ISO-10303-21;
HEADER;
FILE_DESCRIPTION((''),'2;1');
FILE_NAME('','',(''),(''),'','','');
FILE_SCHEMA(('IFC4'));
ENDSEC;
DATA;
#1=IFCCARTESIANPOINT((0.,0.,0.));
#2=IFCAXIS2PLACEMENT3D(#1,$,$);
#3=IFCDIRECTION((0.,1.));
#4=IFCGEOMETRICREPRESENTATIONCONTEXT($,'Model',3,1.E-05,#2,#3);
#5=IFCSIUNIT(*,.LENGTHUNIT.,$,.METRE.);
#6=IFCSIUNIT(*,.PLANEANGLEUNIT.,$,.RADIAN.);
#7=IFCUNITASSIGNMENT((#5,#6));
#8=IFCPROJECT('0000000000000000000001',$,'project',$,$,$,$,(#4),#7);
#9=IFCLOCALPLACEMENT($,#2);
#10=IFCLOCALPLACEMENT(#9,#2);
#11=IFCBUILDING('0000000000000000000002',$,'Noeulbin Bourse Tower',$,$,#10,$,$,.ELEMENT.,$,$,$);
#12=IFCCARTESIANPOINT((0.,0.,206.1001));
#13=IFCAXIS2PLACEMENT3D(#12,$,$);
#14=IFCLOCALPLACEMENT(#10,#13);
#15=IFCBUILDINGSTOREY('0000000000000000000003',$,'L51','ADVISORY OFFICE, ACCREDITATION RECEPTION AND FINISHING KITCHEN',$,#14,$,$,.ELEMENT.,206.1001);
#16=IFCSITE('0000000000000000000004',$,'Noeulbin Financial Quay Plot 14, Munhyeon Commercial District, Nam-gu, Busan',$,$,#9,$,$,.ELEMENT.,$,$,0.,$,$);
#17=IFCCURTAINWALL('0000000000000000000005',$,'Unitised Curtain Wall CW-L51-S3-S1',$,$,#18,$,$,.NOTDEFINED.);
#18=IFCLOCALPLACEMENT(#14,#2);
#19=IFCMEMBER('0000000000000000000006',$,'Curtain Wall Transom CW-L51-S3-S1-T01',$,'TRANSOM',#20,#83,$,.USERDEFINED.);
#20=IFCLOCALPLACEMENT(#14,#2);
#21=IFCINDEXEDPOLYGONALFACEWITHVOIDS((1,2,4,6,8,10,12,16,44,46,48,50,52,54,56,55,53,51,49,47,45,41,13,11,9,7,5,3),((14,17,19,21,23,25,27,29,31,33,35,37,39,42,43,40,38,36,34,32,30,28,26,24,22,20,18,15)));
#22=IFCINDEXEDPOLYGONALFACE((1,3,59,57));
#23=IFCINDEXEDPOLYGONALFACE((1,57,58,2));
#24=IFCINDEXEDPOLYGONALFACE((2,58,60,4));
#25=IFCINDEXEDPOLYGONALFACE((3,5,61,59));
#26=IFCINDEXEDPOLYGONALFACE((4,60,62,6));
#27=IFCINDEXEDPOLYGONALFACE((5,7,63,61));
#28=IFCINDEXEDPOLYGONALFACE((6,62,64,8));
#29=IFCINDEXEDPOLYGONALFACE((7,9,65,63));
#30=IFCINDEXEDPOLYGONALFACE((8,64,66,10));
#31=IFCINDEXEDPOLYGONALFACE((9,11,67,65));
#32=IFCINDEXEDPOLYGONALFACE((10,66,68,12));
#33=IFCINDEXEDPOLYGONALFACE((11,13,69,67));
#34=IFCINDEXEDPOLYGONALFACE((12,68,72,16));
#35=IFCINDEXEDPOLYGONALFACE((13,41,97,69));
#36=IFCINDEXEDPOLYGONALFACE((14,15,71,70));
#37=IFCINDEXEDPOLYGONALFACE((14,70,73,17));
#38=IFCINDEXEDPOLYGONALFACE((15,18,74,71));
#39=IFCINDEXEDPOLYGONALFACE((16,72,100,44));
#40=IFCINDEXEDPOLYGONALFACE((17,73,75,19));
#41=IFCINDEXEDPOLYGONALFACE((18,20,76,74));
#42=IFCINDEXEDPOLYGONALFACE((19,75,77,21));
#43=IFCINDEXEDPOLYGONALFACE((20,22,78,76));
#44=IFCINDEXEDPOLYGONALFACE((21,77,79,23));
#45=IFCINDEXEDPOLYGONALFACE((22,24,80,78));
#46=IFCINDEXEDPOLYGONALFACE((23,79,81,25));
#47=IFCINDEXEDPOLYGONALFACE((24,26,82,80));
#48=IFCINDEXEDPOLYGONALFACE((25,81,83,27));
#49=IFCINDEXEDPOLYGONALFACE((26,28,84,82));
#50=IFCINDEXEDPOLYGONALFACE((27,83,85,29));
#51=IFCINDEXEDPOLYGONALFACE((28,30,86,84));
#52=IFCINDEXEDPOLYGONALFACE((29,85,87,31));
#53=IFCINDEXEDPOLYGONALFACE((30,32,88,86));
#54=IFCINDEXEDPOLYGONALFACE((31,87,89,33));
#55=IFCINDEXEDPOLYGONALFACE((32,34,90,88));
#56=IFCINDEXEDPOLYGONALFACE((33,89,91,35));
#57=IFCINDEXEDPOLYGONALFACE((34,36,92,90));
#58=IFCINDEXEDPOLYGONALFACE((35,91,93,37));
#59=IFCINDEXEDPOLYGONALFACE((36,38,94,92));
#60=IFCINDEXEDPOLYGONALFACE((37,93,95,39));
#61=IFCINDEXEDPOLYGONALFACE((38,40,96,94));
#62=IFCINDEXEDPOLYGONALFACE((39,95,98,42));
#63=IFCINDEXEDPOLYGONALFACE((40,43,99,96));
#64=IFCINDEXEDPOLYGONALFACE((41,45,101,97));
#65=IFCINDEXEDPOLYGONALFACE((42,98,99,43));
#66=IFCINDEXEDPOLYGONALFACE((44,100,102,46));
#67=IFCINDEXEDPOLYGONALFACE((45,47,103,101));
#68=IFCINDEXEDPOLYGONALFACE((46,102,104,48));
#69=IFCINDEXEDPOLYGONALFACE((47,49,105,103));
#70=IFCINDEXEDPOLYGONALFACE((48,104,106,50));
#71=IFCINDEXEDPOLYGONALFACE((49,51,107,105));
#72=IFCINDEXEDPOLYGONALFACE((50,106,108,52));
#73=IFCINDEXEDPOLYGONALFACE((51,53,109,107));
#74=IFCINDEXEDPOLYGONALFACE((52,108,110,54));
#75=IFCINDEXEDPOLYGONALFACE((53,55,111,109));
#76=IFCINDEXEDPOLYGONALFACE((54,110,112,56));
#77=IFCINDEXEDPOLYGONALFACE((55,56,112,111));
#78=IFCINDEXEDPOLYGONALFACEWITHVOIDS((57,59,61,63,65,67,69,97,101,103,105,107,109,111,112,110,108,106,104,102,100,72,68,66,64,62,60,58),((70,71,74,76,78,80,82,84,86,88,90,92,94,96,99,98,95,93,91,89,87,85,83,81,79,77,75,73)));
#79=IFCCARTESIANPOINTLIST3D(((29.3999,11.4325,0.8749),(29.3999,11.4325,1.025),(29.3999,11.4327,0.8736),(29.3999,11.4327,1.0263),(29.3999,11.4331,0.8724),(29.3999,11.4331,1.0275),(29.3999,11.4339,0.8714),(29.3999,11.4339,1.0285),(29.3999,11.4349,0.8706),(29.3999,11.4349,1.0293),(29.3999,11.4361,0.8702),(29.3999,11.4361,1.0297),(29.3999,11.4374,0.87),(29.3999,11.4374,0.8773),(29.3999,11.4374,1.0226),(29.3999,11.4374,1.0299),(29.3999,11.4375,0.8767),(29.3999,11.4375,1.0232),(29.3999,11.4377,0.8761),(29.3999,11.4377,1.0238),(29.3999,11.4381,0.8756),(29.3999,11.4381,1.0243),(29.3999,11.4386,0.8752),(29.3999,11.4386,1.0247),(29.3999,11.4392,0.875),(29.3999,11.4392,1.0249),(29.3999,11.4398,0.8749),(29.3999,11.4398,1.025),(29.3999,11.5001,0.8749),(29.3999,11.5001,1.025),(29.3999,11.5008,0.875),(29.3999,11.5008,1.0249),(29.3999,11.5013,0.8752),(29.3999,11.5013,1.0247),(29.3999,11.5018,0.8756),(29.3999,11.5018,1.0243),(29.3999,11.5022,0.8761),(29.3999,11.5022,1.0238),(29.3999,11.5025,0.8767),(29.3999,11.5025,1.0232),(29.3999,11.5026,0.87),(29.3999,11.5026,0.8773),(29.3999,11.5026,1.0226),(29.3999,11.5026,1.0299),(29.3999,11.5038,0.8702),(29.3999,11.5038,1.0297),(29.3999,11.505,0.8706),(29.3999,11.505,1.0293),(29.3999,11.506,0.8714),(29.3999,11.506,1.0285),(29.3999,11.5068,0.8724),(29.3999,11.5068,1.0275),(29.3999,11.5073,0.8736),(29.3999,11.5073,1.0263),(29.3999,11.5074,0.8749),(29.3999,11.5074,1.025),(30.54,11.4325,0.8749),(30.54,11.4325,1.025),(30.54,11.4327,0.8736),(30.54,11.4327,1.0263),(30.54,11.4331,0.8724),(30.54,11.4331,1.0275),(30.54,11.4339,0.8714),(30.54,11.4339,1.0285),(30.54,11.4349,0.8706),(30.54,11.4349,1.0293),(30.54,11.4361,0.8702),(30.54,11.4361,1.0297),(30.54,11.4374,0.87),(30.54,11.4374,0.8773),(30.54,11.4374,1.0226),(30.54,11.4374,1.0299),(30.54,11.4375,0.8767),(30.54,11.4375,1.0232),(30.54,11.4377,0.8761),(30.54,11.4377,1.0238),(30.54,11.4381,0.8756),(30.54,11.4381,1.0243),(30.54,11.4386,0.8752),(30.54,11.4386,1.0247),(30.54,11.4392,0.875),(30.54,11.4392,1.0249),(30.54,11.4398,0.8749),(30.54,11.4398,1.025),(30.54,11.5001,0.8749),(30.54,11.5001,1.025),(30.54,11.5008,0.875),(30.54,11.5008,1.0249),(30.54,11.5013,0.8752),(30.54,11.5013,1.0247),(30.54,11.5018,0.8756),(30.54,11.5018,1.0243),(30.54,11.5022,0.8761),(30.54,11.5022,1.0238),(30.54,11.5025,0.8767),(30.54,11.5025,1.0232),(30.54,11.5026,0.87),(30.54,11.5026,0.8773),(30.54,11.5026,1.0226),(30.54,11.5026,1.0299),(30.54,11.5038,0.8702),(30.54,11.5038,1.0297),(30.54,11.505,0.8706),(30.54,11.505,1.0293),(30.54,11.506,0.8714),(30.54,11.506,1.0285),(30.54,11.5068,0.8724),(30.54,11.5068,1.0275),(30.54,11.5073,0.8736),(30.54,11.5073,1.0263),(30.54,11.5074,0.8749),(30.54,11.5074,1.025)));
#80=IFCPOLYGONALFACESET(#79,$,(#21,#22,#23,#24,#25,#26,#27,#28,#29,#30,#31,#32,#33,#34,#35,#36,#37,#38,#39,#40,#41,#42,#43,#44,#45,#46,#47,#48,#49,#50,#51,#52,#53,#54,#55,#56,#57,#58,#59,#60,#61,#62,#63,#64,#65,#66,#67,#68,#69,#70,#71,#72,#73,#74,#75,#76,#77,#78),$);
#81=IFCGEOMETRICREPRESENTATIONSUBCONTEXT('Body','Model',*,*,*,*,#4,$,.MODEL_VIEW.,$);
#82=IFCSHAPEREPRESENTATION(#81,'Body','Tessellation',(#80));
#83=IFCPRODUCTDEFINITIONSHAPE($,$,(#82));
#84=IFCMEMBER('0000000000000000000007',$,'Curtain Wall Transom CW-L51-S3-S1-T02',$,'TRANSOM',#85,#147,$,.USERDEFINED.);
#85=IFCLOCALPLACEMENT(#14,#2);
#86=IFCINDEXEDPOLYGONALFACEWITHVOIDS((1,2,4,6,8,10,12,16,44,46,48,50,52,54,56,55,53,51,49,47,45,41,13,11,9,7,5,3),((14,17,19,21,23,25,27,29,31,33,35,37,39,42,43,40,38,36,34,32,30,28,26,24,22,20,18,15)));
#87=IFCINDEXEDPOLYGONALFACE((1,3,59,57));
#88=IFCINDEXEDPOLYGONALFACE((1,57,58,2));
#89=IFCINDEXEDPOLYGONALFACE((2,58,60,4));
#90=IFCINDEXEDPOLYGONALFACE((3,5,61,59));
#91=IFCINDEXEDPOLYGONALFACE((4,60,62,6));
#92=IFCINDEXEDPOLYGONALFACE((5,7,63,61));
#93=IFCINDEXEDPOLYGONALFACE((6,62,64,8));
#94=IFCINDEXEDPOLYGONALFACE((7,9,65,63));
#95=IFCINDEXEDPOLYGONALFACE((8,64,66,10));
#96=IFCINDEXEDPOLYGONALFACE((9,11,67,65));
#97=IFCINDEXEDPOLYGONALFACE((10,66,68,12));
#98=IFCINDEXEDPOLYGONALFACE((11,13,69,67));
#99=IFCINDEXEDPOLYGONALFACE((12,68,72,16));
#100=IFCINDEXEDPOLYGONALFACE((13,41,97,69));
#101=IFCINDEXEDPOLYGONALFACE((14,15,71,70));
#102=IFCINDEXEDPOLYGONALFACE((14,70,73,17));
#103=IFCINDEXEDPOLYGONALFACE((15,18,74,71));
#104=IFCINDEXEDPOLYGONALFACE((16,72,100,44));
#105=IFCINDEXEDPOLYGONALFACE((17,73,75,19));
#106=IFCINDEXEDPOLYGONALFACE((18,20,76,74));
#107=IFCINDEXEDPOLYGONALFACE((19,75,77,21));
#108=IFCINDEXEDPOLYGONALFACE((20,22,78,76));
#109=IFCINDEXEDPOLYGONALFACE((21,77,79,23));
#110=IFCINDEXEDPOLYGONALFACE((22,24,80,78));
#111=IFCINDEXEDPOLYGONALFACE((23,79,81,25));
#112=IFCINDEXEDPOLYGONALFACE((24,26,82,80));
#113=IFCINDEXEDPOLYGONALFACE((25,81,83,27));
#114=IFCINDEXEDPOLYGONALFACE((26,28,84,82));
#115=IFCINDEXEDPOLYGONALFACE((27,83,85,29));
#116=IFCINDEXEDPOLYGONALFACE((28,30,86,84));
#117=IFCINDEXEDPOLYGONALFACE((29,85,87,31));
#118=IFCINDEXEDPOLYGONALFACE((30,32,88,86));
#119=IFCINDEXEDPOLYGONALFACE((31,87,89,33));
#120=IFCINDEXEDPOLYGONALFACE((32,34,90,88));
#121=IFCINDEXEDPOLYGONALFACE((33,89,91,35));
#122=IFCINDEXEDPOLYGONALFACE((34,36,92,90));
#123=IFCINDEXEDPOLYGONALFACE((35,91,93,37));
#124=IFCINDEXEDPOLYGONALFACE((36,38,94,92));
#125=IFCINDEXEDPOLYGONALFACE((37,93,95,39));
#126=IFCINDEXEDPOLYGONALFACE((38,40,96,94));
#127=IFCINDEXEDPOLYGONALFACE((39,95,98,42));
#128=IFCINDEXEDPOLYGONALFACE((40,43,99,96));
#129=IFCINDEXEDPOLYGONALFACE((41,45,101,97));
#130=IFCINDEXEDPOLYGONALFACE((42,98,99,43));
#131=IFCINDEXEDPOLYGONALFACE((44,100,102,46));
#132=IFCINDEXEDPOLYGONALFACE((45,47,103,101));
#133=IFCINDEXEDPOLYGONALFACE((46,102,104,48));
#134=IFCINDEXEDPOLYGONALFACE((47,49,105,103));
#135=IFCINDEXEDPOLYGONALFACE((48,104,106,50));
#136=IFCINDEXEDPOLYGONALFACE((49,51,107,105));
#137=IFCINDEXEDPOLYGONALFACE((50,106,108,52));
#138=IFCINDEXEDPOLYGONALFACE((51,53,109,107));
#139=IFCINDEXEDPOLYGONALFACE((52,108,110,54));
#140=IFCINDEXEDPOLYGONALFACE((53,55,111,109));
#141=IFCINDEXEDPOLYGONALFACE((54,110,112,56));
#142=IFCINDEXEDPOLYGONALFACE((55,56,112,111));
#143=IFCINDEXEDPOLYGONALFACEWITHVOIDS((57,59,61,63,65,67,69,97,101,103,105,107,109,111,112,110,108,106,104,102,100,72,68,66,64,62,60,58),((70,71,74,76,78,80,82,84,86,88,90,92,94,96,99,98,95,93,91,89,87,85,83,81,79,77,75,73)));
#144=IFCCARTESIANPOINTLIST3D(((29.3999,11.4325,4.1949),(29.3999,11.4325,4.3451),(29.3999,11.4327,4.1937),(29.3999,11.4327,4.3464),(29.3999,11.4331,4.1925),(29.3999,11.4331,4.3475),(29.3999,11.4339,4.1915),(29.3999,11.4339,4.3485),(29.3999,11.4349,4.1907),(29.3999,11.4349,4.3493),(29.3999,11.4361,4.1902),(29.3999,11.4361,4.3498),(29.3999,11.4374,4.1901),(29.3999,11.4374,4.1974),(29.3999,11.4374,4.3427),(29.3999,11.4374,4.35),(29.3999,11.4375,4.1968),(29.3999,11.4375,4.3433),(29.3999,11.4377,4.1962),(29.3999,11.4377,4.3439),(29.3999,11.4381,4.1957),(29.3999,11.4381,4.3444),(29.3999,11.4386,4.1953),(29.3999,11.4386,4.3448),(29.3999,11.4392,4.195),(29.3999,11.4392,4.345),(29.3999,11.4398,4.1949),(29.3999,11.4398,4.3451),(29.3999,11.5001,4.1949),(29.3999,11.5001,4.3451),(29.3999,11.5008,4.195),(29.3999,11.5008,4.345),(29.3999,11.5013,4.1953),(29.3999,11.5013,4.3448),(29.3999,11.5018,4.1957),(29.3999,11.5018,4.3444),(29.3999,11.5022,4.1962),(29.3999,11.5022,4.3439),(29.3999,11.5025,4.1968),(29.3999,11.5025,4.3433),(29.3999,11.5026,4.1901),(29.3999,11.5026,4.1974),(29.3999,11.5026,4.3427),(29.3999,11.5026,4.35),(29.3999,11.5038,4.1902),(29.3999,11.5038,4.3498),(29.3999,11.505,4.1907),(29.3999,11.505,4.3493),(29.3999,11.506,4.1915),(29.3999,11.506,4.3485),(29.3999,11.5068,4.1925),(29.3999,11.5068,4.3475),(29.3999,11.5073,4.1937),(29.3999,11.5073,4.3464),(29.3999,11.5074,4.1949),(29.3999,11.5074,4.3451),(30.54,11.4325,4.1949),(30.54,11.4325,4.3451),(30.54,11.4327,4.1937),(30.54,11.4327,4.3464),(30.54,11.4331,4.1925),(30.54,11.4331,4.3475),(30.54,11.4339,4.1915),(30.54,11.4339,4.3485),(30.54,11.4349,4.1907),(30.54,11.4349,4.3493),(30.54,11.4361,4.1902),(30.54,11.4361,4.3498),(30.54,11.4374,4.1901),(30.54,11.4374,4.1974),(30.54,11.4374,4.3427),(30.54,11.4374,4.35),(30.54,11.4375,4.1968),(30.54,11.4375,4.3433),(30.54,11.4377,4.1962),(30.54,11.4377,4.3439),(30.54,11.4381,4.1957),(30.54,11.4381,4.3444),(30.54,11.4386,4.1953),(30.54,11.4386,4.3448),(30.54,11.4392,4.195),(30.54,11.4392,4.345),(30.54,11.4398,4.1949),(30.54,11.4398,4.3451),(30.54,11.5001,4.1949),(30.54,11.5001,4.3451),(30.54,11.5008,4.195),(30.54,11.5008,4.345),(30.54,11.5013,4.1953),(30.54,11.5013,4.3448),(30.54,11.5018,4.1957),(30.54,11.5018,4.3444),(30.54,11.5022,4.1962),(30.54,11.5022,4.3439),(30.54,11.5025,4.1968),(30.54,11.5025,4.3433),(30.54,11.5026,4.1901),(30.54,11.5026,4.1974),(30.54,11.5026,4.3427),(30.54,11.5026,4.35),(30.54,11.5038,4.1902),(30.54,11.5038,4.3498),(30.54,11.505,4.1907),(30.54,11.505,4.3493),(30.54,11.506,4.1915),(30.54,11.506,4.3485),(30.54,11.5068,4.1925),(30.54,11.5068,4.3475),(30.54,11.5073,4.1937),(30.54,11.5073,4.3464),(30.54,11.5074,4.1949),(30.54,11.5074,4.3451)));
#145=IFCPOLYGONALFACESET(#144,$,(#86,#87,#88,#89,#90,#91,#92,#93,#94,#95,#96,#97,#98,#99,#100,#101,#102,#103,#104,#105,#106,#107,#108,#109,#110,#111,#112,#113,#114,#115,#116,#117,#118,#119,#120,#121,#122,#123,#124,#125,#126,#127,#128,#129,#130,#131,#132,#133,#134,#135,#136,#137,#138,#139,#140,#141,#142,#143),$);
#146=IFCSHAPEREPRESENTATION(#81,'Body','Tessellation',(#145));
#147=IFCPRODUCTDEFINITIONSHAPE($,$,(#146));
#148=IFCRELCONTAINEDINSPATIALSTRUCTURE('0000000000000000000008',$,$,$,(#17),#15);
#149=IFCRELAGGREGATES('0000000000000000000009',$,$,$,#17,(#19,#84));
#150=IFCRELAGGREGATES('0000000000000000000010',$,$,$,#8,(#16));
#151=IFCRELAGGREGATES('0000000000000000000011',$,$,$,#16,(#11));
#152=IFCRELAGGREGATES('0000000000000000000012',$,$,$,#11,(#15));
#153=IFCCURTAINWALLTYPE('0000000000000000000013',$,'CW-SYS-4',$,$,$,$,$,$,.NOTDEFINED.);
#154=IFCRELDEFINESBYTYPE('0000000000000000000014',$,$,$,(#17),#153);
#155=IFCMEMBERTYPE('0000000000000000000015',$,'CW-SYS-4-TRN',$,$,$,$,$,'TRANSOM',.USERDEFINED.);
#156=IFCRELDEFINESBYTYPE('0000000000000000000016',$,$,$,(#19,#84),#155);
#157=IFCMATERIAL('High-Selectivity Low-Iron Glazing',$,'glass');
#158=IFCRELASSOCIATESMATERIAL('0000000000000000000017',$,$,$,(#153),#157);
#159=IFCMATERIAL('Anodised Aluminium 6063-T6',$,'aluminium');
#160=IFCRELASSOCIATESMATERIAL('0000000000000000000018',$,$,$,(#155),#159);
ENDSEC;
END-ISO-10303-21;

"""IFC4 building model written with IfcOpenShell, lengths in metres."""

from ifc_helpers import new_model, si_unit, direction, frame, origin, origin_2d, place, context, subcontext, project, spatial, hollow_rectangle, extrude, material, material_profile, profile_set, type_object, element, aggregate, save


model = new_model("IFC4")

# Units and contexts
model_context = context("Model", 3, precision=1e-05, world=origin(), true_north=direction((0.0, 1.0)))
body_context = subcontext(model_context, "Body", "Model", "MODEL_VIEW")
ifc_project = project(units=[si_unit("LENGTHUNIT", "METRE"), si_unit("PLANEANGLEUNIT", "RADIAN")], contexts=[model_context])

# Site, building, storey
site_placement = place(None, origin())
site = spatial("IfcSite", under=ifc_project, at=site_placement, Name="Noeulbin Financial Quay Plot 14, Munhyeon Commercial District, Nam-gu, Busan", CompositionType="ELEMENT", RefElevation=0.0)
building_placement = place(site_placement, origin())
building = spatial("IfcBuilding", under=site, at=building_placement, Name="Noeulbin Bourse Tower", CompositionType="ELEMENT")
storey_placement = place(building_placement, frame((0.0, 0.0, 206.1001)))
storey = spatial("IfcBuildingStorey", under=building, at=storey_placement, Name="L51", Description="ADVISORY OFFICE, ACCREDITATION RECEPTION AND FINISHING KITCHEN", CompositionType="ELEMENT", Elevation=206.1001)

# Curtain wall
ifc_material_1 = material(Name="High-Selectivity Low-Iron Glazing", Category="glass")
curtain_wall_type = type_object("IfcCurtainWallType", Name="CW-SYS-4", PredefinedType="NOTDEFINED", material=ifc_material_1)
curtain_wall_1_placement = place(storey_placement, origin())
curtain_wall_1 = element("IfcCurtainWall", 1, at=curtain_wall_1_placement, inside=storey, type_object=curtain_wall_type, Name="Unitised Curtain Wall CW-L51-S3-S1", PredefinedType="NOTDEFINED")
ifc_material_2 = material(Name="Anodised Aluminium 6063-T6", Category="aluminium")

# Members
ifc_material_profile_1 = material_profile(ifc_material_2, hollow_rectangle(XDim=0.075, YDim=0.1599, WallThickness=0.0049, InnerFilletRadius=0.0024, OuterFilletRadius=0.0049, at=origin_2d()), Name="ALU-TRAN-75x160x5", Category="LoadBearing")
ifc_profile_set_1 = profile_set([ifc_material_profile_1], Name="Anodised Aluminium 6063-T6")
member_type_1 = type_object("IfcMemberType", Name="CW-SYS-4-TRN", ElementType="TRANSOM", PredefinedType="USERDEFINED", material=ifc_profile_set_1)
member_1_placement = place(storey_placement, frame((29.3999, 11.47, 0.95), z_axis=(1.0, 0.0, 0.0), x_axis=(0.0, 1.0, 0.0)))
member_1 = element("IfcMember", 2, at=member_1_placement, type_object=member_type_1, Name="Curtain Wall Transom CW-L51-S3-S1-T01", ObjectType="TRANSOM", PredefinedType="USERDEFINED", context=body_context, shape_type="SweptSolid", body=[
    extrude(hollow_rectangle(XDim=0.075, YDim=0.1599, WallThickness=0.0049, InnerFilletRadius=0.0024, OuterFilletRadius=0.0049, at=origin_2d()), origin(), (0.0, 0.0, 1.0), 1.1401),
])
member_2_placement = place(storey_placement, frame((29.3999, 11.47, 4.27), z_axis=(1.0, 0.0, 0.0), x_axis=(0.0, 1.0, 0.0)))
member_2 = element("IfcMember", 3, at=member_2_placement, type_object=member_type_1, Name="Curtain Wall Transom CW-L51-S3-S1-T02", ObjectType="TRANSOM", PredefinedType="USERDEFINED", context=body_context, shape_type="SweptSolid", body=[
    extrude(hollow_rectangle(XDim=0.075, YDim=0.1599, WallThickness=0.0049, InnerFilletRadius=0.0024, OuterFilletRadius=0.0049, at=origin_2d()), origin(), (0.0, 0.0, 1.0), 1.1401),
])

aggregate(curtain_wall_1, [member_1, member_2])

save(model, "model.ifc")
